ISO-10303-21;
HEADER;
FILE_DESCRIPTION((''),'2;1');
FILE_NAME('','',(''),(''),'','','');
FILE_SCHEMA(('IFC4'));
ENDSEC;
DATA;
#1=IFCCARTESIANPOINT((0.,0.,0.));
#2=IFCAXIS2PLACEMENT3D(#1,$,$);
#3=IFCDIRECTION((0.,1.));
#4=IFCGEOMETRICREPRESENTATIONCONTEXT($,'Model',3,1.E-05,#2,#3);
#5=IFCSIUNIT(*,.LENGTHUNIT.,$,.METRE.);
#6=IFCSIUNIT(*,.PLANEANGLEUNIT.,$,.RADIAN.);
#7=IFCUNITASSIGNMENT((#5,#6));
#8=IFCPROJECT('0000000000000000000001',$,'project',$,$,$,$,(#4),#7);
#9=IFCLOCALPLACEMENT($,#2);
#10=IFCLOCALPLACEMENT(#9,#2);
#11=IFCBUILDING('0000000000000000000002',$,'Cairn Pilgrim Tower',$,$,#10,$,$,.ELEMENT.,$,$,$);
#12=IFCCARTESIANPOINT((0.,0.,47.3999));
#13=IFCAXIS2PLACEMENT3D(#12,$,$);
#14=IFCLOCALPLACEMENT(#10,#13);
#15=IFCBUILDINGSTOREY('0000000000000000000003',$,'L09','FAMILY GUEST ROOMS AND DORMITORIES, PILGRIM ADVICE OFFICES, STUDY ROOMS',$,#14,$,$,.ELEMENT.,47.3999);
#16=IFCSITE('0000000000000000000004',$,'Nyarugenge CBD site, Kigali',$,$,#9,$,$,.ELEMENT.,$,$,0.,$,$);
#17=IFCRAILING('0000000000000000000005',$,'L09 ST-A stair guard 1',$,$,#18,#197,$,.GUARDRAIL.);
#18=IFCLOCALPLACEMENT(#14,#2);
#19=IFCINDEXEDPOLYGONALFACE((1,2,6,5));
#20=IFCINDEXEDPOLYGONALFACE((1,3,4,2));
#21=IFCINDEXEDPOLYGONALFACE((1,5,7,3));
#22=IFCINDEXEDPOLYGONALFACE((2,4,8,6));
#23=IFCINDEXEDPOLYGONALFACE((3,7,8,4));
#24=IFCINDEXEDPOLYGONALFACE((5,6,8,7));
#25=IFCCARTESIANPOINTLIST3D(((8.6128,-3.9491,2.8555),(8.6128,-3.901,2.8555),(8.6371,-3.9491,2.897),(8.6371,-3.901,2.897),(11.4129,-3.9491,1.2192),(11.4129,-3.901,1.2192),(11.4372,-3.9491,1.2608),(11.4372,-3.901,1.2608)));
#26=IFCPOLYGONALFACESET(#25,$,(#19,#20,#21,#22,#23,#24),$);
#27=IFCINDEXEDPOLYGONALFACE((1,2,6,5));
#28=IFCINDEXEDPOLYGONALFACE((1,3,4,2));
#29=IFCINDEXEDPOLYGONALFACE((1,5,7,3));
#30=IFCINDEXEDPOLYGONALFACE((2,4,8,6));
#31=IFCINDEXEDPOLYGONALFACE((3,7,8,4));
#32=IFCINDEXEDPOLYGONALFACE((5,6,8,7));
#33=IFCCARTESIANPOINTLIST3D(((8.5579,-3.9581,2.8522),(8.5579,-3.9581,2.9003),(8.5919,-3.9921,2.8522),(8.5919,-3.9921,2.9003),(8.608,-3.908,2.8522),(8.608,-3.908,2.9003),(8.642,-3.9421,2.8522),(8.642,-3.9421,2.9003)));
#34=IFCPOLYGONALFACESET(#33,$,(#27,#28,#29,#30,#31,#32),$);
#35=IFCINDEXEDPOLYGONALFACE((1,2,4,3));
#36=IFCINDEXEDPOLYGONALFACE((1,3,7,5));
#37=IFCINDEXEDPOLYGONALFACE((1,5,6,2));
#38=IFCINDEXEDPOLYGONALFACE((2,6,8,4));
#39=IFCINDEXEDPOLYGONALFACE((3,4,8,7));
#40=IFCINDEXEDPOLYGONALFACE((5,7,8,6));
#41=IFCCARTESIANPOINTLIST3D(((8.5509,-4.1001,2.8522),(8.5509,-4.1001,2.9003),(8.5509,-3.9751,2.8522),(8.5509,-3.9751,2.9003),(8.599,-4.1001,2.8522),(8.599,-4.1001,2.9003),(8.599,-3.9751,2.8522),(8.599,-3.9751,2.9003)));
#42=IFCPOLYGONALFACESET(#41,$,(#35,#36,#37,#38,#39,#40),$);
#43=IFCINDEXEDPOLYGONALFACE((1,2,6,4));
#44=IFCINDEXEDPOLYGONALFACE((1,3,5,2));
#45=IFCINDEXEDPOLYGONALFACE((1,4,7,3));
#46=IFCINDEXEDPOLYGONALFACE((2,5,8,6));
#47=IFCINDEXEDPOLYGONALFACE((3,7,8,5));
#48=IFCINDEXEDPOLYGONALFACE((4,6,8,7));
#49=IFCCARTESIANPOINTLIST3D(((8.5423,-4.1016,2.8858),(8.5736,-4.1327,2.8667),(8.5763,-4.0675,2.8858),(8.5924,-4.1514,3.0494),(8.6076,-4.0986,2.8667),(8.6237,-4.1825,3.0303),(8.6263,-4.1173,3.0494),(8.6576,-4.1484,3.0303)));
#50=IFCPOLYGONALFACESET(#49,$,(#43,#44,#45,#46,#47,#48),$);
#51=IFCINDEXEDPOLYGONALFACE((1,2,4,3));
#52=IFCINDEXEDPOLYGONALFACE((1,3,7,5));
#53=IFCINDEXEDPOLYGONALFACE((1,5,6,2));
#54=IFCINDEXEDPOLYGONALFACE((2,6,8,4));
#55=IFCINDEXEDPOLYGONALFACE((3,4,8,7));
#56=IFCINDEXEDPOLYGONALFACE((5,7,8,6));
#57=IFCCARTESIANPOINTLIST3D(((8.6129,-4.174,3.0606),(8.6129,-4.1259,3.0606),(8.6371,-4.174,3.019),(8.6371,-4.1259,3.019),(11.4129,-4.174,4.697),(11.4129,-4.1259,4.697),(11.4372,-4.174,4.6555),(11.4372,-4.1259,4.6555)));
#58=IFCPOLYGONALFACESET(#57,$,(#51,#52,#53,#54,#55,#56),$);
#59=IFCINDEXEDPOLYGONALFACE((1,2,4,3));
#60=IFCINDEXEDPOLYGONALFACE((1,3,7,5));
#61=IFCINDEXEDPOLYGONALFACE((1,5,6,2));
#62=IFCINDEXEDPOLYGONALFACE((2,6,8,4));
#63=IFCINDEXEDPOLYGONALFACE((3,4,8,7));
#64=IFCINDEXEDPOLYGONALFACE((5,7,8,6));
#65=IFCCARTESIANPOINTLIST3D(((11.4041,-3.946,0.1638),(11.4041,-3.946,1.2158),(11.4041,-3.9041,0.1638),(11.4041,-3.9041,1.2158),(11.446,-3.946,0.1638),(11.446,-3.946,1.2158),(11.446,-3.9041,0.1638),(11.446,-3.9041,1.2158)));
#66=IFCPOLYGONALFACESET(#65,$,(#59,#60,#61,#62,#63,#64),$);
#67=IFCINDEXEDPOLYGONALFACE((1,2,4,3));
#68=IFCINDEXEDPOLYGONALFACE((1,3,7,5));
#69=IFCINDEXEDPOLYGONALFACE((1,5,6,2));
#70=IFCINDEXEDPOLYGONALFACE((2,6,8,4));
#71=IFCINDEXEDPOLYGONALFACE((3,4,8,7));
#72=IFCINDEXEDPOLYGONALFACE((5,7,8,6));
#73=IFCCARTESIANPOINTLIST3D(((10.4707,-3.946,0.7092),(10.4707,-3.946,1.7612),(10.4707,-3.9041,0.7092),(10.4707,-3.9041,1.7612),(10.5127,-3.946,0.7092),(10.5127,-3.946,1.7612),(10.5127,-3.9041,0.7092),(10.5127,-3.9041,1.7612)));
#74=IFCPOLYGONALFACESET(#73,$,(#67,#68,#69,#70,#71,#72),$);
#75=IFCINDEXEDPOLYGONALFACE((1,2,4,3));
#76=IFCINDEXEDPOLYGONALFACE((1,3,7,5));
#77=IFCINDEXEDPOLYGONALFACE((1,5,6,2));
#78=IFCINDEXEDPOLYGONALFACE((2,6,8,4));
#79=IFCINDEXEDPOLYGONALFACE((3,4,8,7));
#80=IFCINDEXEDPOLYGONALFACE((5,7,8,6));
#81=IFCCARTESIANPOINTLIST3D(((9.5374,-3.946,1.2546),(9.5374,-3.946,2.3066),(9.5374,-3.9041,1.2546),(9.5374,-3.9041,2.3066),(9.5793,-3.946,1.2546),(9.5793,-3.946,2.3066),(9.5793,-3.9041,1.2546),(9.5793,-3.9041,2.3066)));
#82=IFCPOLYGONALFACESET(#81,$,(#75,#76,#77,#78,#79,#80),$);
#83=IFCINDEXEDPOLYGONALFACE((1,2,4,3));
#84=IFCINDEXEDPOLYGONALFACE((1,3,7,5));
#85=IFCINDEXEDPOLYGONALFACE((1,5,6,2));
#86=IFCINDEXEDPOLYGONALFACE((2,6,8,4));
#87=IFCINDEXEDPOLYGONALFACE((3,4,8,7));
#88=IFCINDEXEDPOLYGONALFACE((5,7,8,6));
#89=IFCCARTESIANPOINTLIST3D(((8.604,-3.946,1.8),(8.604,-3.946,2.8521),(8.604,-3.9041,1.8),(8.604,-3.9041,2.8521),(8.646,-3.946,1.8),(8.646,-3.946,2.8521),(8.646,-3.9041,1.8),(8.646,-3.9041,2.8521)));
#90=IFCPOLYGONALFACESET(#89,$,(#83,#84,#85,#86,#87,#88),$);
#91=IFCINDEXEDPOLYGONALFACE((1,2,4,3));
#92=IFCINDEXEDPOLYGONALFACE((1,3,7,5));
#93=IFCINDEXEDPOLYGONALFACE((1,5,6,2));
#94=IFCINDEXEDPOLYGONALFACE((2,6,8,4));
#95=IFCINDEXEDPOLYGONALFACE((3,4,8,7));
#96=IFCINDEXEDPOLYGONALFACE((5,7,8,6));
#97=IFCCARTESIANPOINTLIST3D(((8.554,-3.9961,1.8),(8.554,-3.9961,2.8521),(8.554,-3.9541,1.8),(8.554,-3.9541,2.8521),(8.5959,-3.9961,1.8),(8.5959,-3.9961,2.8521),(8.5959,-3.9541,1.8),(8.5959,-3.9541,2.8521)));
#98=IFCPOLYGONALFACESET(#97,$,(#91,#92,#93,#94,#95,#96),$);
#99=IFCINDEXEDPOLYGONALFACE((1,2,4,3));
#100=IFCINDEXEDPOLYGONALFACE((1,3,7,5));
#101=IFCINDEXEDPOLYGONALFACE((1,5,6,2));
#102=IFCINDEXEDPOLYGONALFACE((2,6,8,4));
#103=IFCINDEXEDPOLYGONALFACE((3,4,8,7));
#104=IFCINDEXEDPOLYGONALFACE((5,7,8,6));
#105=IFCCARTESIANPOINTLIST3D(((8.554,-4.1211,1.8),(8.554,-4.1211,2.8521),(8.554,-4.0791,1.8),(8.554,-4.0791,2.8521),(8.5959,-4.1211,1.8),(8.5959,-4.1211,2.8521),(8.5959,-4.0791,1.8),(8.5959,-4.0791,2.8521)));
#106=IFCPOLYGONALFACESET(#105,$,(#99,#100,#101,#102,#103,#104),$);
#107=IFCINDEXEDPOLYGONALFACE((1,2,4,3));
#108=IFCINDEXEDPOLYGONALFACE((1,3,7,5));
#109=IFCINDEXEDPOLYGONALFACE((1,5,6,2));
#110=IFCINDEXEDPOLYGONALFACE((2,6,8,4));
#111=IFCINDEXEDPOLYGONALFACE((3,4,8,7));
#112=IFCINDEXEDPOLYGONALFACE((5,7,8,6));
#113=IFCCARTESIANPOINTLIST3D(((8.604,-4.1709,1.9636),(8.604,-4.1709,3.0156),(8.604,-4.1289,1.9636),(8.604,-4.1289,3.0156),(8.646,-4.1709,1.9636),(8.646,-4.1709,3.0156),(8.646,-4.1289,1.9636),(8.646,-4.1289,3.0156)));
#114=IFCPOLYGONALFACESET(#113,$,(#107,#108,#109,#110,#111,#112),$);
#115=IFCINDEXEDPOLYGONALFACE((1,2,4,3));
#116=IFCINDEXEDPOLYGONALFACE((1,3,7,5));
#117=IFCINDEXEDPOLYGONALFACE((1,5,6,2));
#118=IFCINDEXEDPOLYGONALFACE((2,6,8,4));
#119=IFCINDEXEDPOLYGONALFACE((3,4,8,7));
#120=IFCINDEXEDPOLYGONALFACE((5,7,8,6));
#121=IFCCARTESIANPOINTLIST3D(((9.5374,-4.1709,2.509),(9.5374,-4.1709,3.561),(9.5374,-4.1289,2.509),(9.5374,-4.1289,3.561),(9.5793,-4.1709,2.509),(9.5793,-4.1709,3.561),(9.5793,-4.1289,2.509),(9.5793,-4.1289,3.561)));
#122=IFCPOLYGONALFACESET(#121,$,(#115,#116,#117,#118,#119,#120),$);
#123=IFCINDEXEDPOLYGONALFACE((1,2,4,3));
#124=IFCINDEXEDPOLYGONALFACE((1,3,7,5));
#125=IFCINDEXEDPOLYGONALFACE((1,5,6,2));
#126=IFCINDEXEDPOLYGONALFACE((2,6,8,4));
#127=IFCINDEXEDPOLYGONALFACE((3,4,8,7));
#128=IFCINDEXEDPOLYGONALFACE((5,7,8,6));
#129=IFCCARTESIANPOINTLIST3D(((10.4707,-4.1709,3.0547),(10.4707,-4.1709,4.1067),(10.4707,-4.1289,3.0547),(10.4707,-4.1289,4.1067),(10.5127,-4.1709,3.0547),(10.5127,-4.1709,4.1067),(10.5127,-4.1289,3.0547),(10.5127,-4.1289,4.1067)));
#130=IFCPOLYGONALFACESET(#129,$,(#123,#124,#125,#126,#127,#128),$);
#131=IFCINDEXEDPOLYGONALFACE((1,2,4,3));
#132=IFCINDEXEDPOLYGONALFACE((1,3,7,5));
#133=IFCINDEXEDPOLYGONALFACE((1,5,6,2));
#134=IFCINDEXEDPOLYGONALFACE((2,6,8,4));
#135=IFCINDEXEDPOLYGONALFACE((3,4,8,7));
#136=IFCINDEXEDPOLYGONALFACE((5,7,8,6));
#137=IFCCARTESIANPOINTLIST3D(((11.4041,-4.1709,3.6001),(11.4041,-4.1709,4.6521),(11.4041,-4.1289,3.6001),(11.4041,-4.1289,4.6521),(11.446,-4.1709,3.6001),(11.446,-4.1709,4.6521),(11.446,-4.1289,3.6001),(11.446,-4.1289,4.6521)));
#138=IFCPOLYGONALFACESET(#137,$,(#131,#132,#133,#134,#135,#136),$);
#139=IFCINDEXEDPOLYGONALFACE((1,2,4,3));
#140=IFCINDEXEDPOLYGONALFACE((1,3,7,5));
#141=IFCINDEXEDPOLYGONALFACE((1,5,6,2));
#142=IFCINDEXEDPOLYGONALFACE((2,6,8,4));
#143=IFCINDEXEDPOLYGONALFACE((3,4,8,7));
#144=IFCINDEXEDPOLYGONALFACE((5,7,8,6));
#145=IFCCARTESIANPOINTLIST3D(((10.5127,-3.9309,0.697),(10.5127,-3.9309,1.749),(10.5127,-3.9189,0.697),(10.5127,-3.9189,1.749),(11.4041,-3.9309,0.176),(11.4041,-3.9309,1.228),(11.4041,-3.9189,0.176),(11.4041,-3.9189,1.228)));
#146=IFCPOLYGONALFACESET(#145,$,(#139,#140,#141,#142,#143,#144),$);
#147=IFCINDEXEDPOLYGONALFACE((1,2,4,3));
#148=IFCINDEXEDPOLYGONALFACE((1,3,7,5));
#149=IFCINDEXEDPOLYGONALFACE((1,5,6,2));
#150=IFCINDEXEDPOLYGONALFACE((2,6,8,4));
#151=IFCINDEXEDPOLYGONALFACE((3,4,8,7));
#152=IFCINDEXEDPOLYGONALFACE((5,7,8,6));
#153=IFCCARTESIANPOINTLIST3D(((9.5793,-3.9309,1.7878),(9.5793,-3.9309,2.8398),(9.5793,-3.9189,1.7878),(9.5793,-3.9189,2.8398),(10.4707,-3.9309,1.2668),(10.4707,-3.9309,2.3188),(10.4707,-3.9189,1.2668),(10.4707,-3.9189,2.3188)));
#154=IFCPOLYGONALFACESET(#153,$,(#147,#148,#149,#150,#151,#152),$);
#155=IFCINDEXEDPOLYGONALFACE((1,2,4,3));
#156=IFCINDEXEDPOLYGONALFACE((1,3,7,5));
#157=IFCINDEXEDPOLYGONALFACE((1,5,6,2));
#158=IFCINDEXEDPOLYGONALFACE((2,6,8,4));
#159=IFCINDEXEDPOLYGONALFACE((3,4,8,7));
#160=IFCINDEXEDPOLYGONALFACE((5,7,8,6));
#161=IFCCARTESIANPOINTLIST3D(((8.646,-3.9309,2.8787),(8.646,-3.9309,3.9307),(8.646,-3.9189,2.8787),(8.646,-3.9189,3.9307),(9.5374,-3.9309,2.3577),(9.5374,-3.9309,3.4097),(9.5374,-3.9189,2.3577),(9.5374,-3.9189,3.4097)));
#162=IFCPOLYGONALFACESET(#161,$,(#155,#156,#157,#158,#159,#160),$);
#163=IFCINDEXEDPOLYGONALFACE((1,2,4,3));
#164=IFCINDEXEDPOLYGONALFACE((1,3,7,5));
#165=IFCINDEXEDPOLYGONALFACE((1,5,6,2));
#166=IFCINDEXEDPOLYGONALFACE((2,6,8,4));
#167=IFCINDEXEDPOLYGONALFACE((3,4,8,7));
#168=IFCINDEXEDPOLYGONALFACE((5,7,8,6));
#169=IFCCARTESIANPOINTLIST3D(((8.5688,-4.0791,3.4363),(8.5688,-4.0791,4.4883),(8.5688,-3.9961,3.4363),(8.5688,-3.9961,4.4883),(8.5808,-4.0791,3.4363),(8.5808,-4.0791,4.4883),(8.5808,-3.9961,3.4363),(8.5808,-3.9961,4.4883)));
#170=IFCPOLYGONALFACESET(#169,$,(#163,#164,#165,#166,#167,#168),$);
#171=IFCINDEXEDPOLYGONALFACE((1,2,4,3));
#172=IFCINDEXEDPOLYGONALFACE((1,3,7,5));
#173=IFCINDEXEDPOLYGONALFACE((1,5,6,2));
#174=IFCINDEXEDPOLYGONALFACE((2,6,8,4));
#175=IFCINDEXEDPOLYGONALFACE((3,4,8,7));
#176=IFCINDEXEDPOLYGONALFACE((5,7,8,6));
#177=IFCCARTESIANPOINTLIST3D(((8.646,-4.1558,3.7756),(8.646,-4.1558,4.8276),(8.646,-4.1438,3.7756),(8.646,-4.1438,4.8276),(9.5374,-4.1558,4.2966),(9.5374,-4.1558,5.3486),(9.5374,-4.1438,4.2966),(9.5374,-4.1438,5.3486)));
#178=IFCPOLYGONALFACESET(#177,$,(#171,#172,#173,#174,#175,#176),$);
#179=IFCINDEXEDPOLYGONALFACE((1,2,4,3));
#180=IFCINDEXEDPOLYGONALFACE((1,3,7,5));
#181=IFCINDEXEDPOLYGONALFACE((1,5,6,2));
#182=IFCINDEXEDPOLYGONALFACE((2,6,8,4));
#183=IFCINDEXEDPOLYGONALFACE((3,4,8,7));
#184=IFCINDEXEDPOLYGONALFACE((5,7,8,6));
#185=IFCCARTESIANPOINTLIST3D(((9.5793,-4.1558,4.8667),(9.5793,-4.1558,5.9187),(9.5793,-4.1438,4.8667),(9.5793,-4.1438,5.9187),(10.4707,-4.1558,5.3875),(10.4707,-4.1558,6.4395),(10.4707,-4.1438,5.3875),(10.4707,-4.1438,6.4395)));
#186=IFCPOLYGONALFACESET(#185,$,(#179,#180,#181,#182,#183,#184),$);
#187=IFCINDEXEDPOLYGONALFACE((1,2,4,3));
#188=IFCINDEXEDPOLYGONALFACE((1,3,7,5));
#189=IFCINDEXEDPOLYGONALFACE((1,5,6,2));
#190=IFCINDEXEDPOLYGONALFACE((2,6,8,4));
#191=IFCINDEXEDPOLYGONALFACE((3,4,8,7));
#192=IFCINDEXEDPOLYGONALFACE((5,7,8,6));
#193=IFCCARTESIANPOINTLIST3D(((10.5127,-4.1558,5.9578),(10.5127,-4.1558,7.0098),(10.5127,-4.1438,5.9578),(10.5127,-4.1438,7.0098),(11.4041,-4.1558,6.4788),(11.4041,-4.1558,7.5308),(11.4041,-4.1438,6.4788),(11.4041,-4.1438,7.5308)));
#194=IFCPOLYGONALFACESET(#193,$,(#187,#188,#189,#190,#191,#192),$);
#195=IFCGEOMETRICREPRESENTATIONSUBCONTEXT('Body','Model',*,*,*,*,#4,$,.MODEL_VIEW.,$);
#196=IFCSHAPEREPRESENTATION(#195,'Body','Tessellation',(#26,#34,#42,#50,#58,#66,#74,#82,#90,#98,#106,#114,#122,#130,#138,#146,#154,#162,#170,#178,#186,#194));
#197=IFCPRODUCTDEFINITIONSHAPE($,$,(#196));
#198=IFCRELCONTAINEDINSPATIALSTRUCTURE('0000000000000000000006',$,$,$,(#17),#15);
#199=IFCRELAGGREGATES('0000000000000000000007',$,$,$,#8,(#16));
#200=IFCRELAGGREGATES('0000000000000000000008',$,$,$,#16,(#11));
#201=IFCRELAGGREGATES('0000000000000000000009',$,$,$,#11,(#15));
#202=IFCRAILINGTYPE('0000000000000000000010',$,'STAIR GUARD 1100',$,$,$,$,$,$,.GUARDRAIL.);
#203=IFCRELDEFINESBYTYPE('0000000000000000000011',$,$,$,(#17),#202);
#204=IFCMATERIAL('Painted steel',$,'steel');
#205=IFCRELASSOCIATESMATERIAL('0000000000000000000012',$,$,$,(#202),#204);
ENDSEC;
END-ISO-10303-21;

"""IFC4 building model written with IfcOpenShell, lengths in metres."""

from ifc_helpers import new_model, si_unit, direction, frame, origin, origin_2d, place, context, subcontext, project, spatial, polyline, rectangle, outline, extrude, material, type_object, element, save


model = new_model("IFC4")

# Units and contexts
model_context = context("Model", 3, precision=1e-05, world=origin(), true_north=direction((0.0, 1.0)))
body_context = subcontext(model_context, "Body", "Model", "MODEL_VIEW")
ifc_project = project(units=[si_unit("LENGTHUNIT", "METRE"), si_unit("PLANEANGLEUNIT", "RADIAN")], contexts=[model_context])

# Site, building, storey
site_placement = place(None, origin())
site = spatial("IfcSite", under=ifc_project, at=site_placement, Name="Nyarugenge CBD site, Kigali", CompositionType="ELEMENT", RefElevation=0.0)
building_placement = place(site_placement, origin())
building = spatial("IfcBuilding", under=site, at=building_placement, Name="Cairn Pilgrim Tower", CompositionType="ELEMENT")
storey_placement = place(building_placement, frame((0.0, 0.0, 47.3999)))
storey = spatial("IfcBuildingStorey", under=building, at=storey_placement, Name="L09", Description="FAMILY GUEST ROOMS AND DORMITORIES, PILGRIM ADVICE OFFICES, STUDY ROOMS", CompositionType="ELEMENT", Elevation=47.3999)

# Shared definitions
ifc_material_1 = material(Name="Painted steel", Category="steel")

# Railing
railing_type_1 = type_object("IfcRailingType", Name="STAIR GUARD 1100", PredefinedType="GUARDRAIL", material=ifc_material_1)
railing_1_placement = place(storey_placement, frame((11.425, -3.925, 0.1638)))
element("IfcRailing", 1, at=railing_1_placement, inside=storey, type_object=railing_type_1, Name="L09 ST-A stair guard 1", PredefinedType="GUARDRAIL", context=body_context, shape_type="SweptSolid", body=[
    extrude(rectangle(XDim=0.0481, YDim=0.0481, at=origin_2d()), frame((0.0, 0.0, 1.0762), z_axis=(-0.863394, 0.0, 0.504531), x_axis=(0.0, -1.0, 0.0)), (0.0, 0.0, 1.0), 3.2432),
    extrude(rectangle(XDim=0.0481, YDim=0.0481, at=origin_2d()), frame((-2.8, 0.0, 2.7124), z_axis=(-0.707107, -0.707107, 0.0), x_axis=(0.707107, -0.707107, 0.0)), (0.0, 0.0, 1.0), 0.0708),
    extrude(rectangle(XDim=0.0481, YDim=0.0481, at=origin_2d()), frame((-2.8501, -0.05, 2.7124), z_axis=(0.0, -1.0, 0.0), x_axis=(1.0, 0.0, 0.0)), (0.0, 0.0, 1.0), 0.125),
    extrude(rectangle(XDim=0.0481, YDim=0.0481, at=origin_2d()), frame((-2.8501, -0.175, 2.7124), z_axis=(0.280917, -0.279546, 0.918118), x_axis=(0.705376, 0.708834, 0.0)), (0.0, 0.0, 1.0), 0.1782),
    extrude(rectangle(XDim=0.0481, YDim=0.0481, at=origin_2d()), frame((-2.8, -0.2249, 2.876), z_axis=(0.863361, 0.0, 0.504587), x_axis=(0.0, 1.0, 0.0)), (0.0, 0.0, 1.0), 3.2432),
    extrude(rectangle(XDim=0.042, YDim=0.042, at=origin_2d()), origin(), (0.0, 0.0, 1.0), 1.052),
    extrude(rectangle(XDim=0.042, YDim=0.042, at=origin_2d()), frame((-0.9333, 0.0, 0.5454)), (0.0, 0.0, 1.0), 1.052),
    extrude(rectangle(XDim=0.042, YDim=0.042, at=origin_2d()), frame((-1.8667, 0.0, 1.0908)), (0.0, 0.0, 1.0), 1.052),
    extrude(rectangle(XDim=0.042, YDim=0.042, at=origin_2d()), frame((-2.8, 0.0, 1.6362)), (0.0, 0.0, 1.0), 1.052),
    extrude(rectangle(XDim=0.042, YDim=0.042, at=origin_2d()), frame((-2.8501, -0.05, 1.6362)), (0.0, 0.0, 1.0), 1.052),
    extrude(rectangle(XDim=0.042, YDim=0.042, at=origin_2d()), frame((-2.8501, -0.175, 1.6362)), (0.0, 0.0, 1.0), 1.052),
    extrude(rectangle(XDim=0.042, YDim=0.042, at=origin_2d()), frame((-2.8, -0.2249, 1.7998)), (0.0, 0.0, 1.0), 1.052),
    extrude(rectangle(XDim=0.042, YDim=0.042, at=origin_2d()), frame((-1.8667, -0.2249, 2.3452)), (0.0, 0.0, 1.0), 1.052),
    extrude(rectangle(XDim=0.042, YDim=0.042, at=origin_2d()), frame((-0.9333, -0.2249, 2.8909)), (0.0, 0.0, 1.0), 1.052),
    extrude(rectangle(XDim=0.042, YDim=0.042, at=origin_2d()), frame((0.0, -0.2249, 3.4363)), (0.0, 0.0, 1.0), 1.052),
    extrude(outline(polyline([(0.021, 0.0122), (0.9124, 0.5332), (0.9124, 1.5852), (0.021, 1.0642), (0.021, 0.0122)])), frame((0.0, -0.0059, 0.0), z_axis=(0.0, 1.0, 0.0), x_axis=(-1.0, 0.0, 0.0)), (0.0, 0.0, 1.0), 0.012),
    extrude(outline(polyline([(0.021, 0.5576), (0.9124, 1.0786), (0.9124, 2.1306), (0.021, 1.6096), (0.021, 0.5576)])), frame((-0.9333, -0.0059, 0.5454), z_axis=(0.0, 1.0, 0.0), x_axis=(-1.0, 0.0, 0.0)), (0.0, 0.0, 1.0), 0.012),
    extrude(outline(polyline([(0.021, 1.103), (0.9124, 1.624), (0.9124, 2.676), (0.021, 2.155), (0.021, 1.103)])), frame((-1.8667, -0.0059, 1.0908), z_axis=(0.0, 1.0, 0.0), x_axis=(-1.0, 0.0, 0.0)), (0.0, 0.0, 1.0), 0.012),
    extrude(outline(polyline([(0.021, 1.6362), (0.104, 1.6362), (0.104, 2.6882), (0.021, 2.6882), (0.021, 1.6362)])), frame((-2.8442, -0.05, 1.6362), z_axis=(-1.0, 0.0, 0.0), x_axis=(0.0, -1.0, 0.0)), (0.0, 0.0, 1.0), 0.012),
    extrude(outline(polyline([(0.021, 1.812), (0.9124, 2.333), (0.9124, 3.385), (0.021, 2.864), (0.021, 1.812)])), frame((-2.8, -0.2188, 1.7998), z_axis=(0.0, -1.0, 0.0), x_axis=(1.0, 0.0, 0.0)), (0.0, 0.0, 1.0), 0.012),
    extrude(outline(polyline([(0.021, 2.3577), (0.9124, 2.8784), (0.9124, 3.9304), (0.021, 3.4097), (0.021, 2.3577)])), frame((-1.8667, -0.2188, 2.3452), z_axis=(0.0, -1.0, 0.0), x_axis=(1.0, 0.0, 0.0)), (0.0, 0.0, 1.0), 0.012),
    extrude(outline(polyline([(0.021, 2.9031), (0.9124, 3.4241), (0.9124, 4.4761), (0.021, 3.9551), (0.021, 2.9031)])), frame((-0.9333, -0.2188, 2.8909), z_axis=(0.0, -1.0, 0.0), x_axis=(1.0, 0.0, 0.0)), (0.0, 0.0, 1.0), 0.012),
])

save(model, "model.ifc")
